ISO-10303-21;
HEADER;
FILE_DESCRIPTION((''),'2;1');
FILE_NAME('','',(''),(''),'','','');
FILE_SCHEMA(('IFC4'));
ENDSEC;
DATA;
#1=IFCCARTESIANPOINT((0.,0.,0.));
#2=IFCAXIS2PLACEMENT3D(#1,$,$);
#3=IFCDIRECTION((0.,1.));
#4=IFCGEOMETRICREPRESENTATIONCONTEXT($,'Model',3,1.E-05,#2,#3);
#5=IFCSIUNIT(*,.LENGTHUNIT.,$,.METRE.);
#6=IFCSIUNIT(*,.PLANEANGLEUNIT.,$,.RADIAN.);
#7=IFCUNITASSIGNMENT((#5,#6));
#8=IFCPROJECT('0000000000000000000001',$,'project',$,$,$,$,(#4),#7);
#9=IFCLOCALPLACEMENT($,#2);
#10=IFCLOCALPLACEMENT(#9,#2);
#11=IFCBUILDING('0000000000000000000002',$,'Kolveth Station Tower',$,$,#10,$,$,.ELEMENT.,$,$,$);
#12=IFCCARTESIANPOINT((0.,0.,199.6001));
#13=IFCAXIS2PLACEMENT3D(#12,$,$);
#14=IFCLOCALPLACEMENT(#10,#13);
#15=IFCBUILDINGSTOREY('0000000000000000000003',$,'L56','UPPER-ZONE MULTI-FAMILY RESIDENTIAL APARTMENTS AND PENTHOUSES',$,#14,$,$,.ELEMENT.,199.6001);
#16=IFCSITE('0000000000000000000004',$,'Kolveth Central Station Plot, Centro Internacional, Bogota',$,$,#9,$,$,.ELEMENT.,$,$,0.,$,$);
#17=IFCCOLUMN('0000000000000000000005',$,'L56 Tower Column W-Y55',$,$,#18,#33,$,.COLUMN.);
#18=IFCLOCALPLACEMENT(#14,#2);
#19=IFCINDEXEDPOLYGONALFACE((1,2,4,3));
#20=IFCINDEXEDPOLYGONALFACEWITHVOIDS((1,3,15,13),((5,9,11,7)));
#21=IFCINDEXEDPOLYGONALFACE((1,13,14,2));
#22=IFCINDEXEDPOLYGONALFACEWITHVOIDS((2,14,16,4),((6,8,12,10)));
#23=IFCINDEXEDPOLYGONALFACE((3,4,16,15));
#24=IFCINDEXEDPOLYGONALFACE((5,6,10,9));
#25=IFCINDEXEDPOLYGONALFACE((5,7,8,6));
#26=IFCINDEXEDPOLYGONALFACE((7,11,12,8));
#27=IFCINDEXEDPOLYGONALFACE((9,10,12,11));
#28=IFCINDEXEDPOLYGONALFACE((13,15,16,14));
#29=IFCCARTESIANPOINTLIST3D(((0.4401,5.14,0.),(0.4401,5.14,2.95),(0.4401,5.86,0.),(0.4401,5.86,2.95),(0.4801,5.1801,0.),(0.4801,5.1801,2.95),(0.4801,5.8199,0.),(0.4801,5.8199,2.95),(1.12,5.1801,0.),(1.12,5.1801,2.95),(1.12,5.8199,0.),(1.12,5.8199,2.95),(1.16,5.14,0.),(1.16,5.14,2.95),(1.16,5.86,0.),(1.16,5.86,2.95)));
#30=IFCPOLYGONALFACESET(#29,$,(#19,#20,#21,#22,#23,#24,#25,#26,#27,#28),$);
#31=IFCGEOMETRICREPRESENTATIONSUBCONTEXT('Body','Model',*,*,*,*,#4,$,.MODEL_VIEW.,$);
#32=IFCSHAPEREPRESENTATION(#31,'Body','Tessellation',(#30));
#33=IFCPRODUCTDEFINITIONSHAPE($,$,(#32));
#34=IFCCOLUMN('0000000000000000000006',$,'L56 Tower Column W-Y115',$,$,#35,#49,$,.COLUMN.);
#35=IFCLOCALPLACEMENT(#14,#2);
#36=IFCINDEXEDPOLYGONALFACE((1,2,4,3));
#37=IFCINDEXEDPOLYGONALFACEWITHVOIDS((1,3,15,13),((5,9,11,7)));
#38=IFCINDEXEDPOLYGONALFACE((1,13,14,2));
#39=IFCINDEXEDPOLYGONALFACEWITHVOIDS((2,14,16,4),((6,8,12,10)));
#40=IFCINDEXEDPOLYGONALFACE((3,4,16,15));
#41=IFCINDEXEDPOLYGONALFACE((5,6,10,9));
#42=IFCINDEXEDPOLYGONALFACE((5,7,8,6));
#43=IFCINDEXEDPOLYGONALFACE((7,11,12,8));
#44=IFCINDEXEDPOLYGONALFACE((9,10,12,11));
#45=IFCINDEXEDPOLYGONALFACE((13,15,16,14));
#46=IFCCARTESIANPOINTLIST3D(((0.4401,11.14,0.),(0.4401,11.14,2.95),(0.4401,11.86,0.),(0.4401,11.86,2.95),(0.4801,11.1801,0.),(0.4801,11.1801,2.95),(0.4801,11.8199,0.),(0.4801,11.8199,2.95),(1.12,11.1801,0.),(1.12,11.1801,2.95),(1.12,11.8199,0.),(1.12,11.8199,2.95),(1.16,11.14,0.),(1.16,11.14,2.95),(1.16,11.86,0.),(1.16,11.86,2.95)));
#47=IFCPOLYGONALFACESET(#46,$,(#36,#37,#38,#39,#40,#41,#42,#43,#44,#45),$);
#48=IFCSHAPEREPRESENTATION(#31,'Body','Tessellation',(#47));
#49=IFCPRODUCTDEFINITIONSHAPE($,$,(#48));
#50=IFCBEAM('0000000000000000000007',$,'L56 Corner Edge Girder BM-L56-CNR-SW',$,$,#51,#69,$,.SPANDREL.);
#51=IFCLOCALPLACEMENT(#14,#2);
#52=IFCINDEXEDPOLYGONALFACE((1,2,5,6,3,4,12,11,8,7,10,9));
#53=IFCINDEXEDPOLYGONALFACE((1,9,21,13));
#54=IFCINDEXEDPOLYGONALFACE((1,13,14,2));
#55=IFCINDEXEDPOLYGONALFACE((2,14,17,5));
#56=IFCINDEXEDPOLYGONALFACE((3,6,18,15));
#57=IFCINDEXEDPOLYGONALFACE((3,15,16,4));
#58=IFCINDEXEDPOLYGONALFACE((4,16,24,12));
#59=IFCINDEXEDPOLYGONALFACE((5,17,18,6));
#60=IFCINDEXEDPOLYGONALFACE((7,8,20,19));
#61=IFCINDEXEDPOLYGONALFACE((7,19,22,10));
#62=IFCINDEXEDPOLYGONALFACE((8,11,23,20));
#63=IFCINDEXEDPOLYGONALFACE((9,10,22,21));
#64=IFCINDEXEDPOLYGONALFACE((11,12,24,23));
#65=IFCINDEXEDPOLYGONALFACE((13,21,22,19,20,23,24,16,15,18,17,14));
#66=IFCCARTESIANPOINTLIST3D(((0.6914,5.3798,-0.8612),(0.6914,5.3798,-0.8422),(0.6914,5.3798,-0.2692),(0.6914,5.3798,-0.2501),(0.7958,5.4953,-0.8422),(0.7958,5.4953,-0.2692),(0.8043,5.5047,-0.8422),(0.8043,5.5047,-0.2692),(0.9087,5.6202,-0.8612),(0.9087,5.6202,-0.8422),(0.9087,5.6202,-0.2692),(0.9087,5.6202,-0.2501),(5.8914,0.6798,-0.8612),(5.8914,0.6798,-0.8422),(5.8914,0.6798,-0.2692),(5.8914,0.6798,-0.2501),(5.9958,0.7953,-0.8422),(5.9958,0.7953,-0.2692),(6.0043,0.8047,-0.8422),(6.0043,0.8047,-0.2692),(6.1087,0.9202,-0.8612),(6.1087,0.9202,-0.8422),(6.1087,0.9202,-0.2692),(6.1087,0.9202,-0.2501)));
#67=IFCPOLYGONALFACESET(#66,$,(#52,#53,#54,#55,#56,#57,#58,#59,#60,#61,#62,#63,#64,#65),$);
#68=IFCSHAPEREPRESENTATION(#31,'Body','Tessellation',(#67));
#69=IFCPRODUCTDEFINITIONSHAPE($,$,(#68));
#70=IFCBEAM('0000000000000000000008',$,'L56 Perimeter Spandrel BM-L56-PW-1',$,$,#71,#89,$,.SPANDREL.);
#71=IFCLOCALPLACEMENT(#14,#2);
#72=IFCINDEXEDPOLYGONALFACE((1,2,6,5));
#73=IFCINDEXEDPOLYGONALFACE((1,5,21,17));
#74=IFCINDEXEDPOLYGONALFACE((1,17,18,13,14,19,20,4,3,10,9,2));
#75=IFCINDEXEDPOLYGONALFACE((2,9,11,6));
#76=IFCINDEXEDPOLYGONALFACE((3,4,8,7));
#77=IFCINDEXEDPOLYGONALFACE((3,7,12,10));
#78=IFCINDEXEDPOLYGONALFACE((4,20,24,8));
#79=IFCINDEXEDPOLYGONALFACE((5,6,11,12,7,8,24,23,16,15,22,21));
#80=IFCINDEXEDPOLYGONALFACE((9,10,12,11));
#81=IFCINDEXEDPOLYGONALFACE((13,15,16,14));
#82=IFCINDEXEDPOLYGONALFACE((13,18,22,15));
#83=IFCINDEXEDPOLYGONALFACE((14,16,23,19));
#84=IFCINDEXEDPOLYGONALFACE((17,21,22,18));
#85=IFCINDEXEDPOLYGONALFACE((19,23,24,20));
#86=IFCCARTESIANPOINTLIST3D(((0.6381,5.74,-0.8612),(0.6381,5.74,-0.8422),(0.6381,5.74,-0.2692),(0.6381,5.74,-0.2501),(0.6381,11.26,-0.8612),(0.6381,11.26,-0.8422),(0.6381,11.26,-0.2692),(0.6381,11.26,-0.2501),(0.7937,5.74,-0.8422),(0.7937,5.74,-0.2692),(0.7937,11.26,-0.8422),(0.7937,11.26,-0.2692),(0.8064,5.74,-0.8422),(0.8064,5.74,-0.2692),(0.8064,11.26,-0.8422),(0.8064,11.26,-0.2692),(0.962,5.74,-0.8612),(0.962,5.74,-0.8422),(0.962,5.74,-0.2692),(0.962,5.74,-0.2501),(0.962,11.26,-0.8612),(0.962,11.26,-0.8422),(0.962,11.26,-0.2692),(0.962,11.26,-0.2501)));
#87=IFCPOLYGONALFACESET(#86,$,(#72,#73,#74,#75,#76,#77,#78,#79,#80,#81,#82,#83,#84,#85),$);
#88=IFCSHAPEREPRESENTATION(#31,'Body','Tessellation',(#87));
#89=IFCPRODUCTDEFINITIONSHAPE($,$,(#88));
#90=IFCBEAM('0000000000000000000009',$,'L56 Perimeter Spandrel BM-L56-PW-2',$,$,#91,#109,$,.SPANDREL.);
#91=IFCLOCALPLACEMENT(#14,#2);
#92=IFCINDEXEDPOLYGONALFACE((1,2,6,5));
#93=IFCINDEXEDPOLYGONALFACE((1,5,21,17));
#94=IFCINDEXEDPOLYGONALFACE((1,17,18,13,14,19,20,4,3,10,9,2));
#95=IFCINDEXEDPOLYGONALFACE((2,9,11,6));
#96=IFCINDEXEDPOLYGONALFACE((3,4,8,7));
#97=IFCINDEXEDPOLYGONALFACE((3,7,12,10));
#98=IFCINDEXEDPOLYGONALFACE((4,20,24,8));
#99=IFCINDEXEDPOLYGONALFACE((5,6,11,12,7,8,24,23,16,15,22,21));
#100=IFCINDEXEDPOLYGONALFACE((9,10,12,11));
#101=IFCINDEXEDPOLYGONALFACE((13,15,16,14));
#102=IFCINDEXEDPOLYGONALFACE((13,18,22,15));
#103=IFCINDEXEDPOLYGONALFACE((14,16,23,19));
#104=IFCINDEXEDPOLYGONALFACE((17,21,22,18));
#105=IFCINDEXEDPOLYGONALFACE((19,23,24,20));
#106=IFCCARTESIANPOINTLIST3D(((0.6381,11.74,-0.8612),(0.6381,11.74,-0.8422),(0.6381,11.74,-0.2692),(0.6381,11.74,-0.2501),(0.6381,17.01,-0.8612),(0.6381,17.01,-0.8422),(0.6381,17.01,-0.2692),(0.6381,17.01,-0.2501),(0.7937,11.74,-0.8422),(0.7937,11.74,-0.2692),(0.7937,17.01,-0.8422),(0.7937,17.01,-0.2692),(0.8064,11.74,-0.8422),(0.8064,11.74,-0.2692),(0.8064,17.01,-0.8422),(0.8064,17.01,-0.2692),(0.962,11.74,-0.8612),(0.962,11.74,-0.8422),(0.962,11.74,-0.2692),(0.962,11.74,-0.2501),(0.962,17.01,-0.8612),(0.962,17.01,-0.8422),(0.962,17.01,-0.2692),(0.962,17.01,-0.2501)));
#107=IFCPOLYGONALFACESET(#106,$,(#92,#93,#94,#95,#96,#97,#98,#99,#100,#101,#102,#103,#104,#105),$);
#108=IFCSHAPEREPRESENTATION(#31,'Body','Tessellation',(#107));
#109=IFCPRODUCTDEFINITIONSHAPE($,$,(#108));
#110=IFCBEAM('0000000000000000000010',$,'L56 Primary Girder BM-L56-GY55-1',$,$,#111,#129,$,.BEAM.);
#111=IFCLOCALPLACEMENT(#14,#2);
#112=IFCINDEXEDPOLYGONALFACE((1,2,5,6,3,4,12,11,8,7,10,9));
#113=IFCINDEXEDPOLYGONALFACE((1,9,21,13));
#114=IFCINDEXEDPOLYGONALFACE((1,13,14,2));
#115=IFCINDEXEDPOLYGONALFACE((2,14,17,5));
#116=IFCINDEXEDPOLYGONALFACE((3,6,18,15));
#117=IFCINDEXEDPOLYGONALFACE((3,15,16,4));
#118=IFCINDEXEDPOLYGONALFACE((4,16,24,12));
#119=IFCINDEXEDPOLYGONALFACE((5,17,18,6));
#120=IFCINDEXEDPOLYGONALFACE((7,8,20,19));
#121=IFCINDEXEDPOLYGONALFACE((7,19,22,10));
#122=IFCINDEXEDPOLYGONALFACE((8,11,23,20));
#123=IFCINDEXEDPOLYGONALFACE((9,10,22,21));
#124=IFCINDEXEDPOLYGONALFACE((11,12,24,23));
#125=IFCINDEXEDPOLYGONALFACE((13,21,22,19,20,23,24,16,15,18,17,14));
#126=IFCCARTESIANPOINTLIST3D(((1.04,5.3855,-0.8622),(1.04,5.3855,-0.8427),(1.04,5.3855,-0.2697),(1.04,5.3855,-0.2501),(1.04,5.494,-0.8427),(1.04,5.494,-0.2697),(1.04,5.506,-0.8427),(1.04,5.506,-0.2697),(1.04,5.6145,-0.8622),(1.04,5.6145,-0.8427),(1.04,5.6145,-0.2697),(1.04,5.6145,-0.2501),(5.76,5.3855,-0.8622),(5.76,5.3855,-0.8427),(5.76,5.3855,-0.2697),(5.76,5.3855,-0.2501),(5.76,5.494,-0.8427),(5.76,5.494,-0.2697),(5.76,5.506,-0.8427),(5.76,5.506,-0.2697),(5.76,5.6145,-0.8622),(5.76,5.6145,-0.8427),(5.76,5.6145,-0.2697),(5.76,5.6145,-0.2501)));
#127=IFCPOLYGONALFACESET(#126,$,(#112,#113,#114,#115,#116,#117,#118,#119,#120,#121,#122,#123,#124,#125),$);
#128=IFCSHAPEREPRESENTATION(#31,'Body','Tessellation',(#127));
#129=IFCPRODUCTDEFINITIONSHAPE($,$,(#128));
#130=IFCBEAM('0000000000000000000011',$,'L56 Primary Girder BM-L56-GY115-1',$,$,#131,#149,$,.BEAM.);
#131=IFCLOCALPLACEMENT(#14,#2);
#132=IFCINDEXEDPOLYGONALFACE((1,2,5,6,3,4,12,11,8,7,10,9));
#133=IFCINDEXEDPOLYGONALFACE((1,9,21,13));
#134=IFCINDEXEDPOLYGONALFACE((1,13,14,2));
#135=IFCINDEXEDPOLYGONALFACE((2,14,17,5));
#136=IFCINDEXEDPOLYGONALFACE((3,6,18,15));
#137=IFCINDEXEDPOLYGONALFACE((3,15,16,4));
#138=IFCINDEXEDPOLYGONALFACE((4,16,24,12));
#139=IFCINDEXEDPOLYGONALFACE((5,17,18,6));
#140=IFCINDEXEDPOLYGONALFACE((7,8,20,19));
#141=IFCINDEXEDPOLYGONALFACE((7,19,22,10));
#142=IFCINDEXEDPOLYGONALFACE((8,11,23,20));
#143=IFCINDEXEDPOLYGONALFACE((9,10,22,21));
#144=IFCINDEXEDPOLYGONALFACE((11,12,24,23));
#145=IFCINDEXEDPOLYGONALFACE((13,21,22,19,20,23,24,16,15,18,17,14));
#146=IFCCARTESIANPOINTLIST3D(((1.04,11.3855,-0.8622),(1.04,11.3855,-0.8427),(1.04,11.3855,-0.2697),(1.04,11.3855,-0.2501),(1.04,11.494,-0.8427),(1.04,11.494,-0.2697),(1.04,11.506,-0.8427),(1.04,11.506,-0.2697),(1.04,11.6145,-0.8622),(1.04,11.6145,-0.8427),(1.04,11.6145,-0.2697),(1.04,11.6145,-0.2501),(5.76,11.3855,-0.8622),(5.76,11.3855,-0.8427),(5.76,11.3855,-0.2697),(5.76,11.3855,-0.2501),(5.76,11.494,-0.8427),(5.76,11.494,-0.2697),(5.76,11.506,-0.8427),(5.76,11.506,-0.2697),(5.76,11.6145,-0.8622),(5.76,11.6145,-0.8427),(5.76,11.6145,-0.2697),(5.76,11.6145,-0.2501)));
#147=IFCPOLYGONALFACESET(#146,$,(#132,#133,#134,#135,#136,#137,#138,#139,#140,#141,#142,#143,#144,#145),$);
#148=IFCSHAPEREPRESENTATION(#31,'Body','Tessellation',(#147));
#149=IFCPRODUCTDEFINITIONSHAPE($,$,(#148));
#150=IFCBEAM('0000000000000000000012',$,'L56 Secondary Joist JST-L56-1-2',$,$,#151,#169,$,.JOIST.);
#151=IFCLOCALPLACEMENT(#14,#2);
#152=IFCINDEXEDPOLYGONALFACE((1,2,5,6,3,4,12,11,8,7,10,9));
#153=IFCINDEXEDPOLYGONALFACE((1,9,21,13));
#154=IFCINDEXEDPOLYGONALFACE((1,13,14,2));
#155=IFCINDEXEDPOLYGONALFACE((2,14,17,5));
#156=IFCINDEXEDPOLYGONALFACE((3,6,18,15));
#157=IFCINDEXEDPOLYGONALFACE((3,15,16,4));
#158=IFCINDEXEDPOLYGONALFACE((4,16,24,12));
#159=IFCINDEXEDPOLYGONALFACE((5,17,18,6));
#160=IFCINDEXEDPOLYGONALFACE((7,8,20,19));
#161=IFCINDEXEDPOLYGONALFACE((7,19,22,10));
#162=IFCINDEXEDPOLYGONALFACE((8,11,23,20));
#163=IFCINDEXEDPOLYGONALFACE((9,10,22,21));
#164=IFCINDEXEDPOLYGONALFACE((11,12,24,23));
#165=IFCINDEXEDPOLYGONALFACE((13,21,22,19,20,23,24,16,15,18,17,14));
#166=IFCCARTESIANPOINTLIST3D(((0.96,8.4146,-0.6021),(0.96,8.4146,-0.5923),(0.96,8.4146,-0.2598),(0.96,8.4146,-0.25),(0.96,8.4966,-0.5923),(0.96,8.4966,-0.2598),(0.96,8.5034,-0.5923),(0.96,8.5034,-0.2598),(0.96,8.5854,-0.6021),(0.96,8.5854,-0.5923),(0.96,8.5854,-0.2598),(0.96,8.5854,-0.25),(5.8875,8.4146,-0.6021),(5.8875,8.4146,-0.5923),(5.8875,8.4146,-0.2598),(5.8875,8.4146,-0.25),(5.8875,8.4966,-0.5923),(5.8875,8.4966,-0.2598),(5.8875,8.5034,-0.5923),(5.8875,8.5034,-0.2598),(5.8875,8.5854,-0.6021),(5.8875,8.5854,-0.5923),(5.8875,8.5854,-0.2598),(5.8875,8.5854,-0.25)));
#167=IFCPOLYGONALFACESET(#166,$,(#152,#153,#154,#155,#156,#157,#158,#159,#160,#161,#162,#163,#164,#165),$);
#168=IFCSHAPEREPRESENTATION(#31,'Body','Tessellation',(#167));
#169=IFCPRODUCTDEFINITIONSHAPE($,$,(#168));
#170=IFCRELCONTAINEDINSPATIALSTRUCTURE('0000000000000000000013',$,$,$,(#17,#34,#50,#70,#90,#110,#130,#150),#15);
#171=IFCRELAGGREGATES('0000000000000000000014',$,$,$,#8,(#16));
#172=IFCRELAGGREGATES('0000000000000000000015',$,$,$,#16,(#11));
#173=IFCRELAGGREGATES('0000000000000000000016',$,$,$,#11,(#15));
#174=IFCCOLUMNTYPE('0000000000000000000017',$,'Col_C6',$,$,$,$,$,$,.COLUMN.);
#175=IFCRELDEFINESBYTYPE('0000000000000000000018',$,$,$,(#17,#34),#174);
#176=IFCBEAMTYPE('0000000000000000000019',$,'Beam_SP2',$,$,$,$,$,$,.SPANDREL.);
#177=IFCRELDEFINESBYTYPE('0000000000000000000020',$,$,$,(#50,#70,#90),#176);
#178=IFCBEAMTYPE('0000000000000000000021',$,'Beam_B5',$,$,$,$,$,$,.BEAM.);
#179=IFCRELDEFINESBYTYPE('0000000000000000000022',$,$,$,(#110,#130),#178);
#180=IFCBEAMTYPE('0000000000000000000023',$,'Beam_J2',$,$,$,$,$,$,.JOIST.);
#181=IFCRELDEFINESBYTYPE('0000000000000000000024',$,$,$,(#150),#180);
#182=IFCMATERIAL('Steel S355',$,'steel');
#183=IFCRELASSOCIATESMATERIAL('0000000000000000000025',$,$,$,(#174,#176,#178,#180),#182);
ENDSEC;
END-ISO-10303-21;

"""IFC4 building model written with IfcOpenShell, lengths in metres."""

from ifc_helpers import new_model, si_unit, direction, frame, origin, origin_2d, place, context, subcontext, project, spatial, hollow_rectangle, i_section, extrude, source, transform, mapped, material, material_profile, profile_set, type_object, element, save


model = new_model("IFC4")

# Units and contexts
model_context = context("Model", 3, precision=1e-05, world=origin(), true_north=direction((0.0, 1.0)))
body_context = subcontext(model_context, "Body", "Model", "MODEL_VIEW")
ifc_project = project(units=[si_unit("LENGTHUNIT", "METRE"), si_unit("PLANEANGLEUNIT", "RADIAN")], contexts=[model_context])

# Site, building, storey
site_placement = place(None, origin())
site = spatial("IfcSite", under=ifc_project, at=site_placement, Name="Kolveth Central Station Plot, Centro Internacional, Bogota", CompositionType="ELEMENT", RefElevation=0.0)
building_placement = place(site_placement, origin())
building = spatial("IfcBuilding", under=site, at=building_placement, Name="Kolveth Station Tower", CompositionType="ELEMENT")
storey_placement = place(building_placement, frame((0.0, 0.0, 199.6001)))
storey = spatial("IfcBuildingStorey", under=building, at=storey_placement, Name="L56", Description="UPPER-ZONE MULTI-FAMILY RESIDENTIAL APARTMENTS AND PENTHOUSES", CompositionType="ELEMENT", Elevation=199.6001)

# Columns
ifc_material_1 = material(Name="Steel S355", Category="steel")
ifc_material_profile_1 = material_profile(ifc_material_1, hollow_rectangle(XDim=0.72, YDim=0.72, WallThickness=0.04, at=origin_2d()), Name="BOX720x720x40")
ifc_profile_set_1 = profile_set([ifc_material_profile_1], Name="Steel S355")
column_type = type_object("IfcColumnType", Name="Col_C6", PredefinedType="COLUMN", material=ifc_profile_set_1)
shared_shape_1 = source(origin(), body_context, "Body", "SweptSolid", [
    extrude(hollow_rectangle(XDim=0.72, YDim=0.72, WallThickness=0.04, at=origin_2d()), origin(), (0.0, 0.0, 1.0), 2.95),
])
for number, where, z_axis, x_axis, name in (
    (1, (0.8, 5.5, 0.0), (0.0, 0.0, 1.0), (1.0, 0.0, 0.0), "L56 Tower Column W-Y55"),
    (2, (0.8, 11.5, 0.0), (0.0, 0.0, 1.0), (1.0, 0.0, 0.0), "L56 Tower Column W-Y115"),
):
    element("IfcColumn", number, at=place(storey_placement, frame(where, z_axis=z_axis, x_axis=x_axis)), inside=storey, type_object=column_type, Name=name, PredefinedType="COLUMN", context=body_context, shape_type="MappedRepresentation", body=[
        mapped(shared_shape_1, transform((0.0, 0.0, 0.0), x_axis=(1.0, 0.0, 0.0), y_axis=(0.0, 1.0, 0.0), z_axis=(0.0, 0.0, 1.0), scale=1.0)),
    ])

# Beams
ifc_material_profile_2 = material_profile(ifc_material_1, i_section(OverallWidth=0.324, OverallDepth=0.6111, WebThickness=0.0127, FlangeThickness=0.019, at=origin_2d()), Name="W610x155")
ifc_profile_set_2 = profile_set([ifc_material_profile_2], Name="Steel S355")
beam_type_1 = type_object("IfcBeamType", Name="Beam_SP2", PredefinedType="SPANDREL", material=ifc_profile_set_2)
shared_shape_2 = source(origin(), body_context, "Body", "SweptSolid", [
    extrude(i_section(OverallWidth=0.324, OverallDepth=0.6111, WebThickness=0.0127, FlangeThickness=0.019, at=origin_2d()), origin(), (0.0, 0.0, 1.0), 7.0093),
])
beam_1_placement = place(storey_placement, frame((0.8, 5.5, -0.5557), z_axis=(0.741874, -0.670539, 0.0), x_axis=(0.670539, 0.741874, 0.0)))
element("IfcBeam", 3, at=beam_1_placement, inside=storey, type_object=beam_type_1, Name="L56 Corner Edge Girder BM-L56-CNR-SW", PredefinedType="SPANDREL", context=body_context, shape_type="MappedRepresentation", body=[
    mapped(shared_shape_2, transform((0.0, 0.0, 0.0), x_axis=(1.0, 0.0, 0.0), y_axis=(0.0, 1.0, 0.0), z_axis=(0.0, 0.0, 1.0), scale=1.0)),
])
shared_shape_3 = source(origin(), body_context, "Body", "SweptSolid", [
    extrude(i_section(OverallWidth=0.324, OverallDepth=0.6111, WebThickness=0.0127, FlangeThickness=0.019, at=origin_2d()), origin(), (0.0, 0.0, 1.0), 5.52),
])
beam_2_placement = place(storey_placement, frame((0.8, 5.74, -0.5557), z_axis=(0.0, 1.0, 0.0), x_axis=(-1.0, 0.0, 0.0)))
element("IfcBeam", 4, at=beam_2_placement, inside=storey, type_object=beam_type_1, Name="L56 Perimeter Spandrel BM-L56-PW-1", PredefinedType="SPANDREL", context=body_context, shape_type="MappedRepresentation", body=[
    mapped(shared_shape_3, transform((0.0, 0.0, 0.0), x_axis=(1.0, 0.0, 0.0), y_axis=(0.0, 1.0, 0.0), z_axis=(0.0, 0.0, 1.0), scale=1.0)),
])
shared_shape_4 = source(origin(), body_context, "Body", "SweptSolid", [
    extrude(i_section(OverallWidth=0.324, OverallDepth=0.6111, WebThickness=0.0127, FlangeThickness=0.019, at=origin_2d()), origin(), (0.0, 0.0, 1.0), 5.27),
])
beam_3_placement = place(storey_placement, frame((0.8, 11.74, -0.5557), z_axis=(0.0, 1.0, 0.0), x_axis=(-1.0, 0.0, 0.0)))
element("IfcBeam", 5, at=beam_3_placement, inside=storey, type_object=beam_type_1, Name="L56 Perimeter Spandrel BM-L56-PW-2", PredefinedType="SPANDREL", context=body_context, shape_type="MappedRepresentation", body=[
    mapped(shared_shape_4, transform((0.0, 0.0, 0.0), x_axis=(1.0, 0.0, 0.0), y_axis=(0.0, 1.0, 0.0), z_axis=(0.0, 0.0, 1.0), scale=1.0)),
])
ifc_material_profile_3 = material_profile(ifc_material_1, i_section(OverallWidth=0.229, OverallDepth=0.6121, WebThickness=0.012, FlangeThickness=0.0195, at=origin_2d()), Name="W610x125")
ifc_profile_set_3 = profile_set([ifc_material_profile_3], Name="Steel S355")
beam_type_2 = type_object("IfcBeamType", Name="Beam_B5", PredefinedType="BEAM", material=ifc_profile_set_3)
shared_shape_5 = source(origin(), body_context, "Body", "SweptSolid", [
    extrude(i_section(OverallWidth=0.229, OverallDepth=0.6121, WebThickness=0.012, FlangeThickness=0.0195, at=origin_2d()), origin(), (0.0, 0.0, 1.0), 4.72),
])
for number, where, z_axis, x_axis, name in (
    (6, (1.04, 5.5, -0.5562), (1.0, 0.0, 0.0), (0.0, 1.0, 0.0), "L56 Primary Girder BM-L56-GY55-1"),
    (7, (1.04, 11.5, -0.5562), (1.0, 0.0, 0.0), (0.0, 1.0, 0.0), "L56 Primary Girder BM-L56-GY115-1"),
):
    element("IfcBeam", number, at=place(storey_placement, frame(where, z_axis=z_axis, x_axis=x_axis)), inside=storey, type_object=beam_type_2, Name=name, PredefinedType="BEAM", context=body_context, shape_type="MappedRepresentation", body=[
        mapped(shared_shape_5, transform((0.0, 0.0, 0.0), x_axis=(1.0, 0.0, 0.0), y_axis=(0.0, 1.0, 0.0), z_axis=(0.0, 0.0, 1.0), scale=1.0)),
    ])
ifc_material_profile_4 = material_profile(ifc_material_1, i_section(OverallWidth=0.1709, OverallDepth=0.3521, WebThickness=0.0068, FlangeThickness=0.0098, at=origin_2d()), Name="W360x44")
ifc_profile_set_4 = profile_set([ifc_material_profile_4], Name="Steel S355")
beam_type_3 = type_object("IfcBeamType", Name="Beam_J2", PredefinedType="JOIST", material=ifc_profile_set_4)
shared_shape_6 = source(origin(), body_context, "Body", "SweptSolid", [
    extrude(i_section(OverallWidth=0.1709, OverallDepth=0.3521, WebThickness=0.0068, FlangeThickness=0.0098, at=origin_2d()), origin(), (0.0, 0.0, 1.0), 4.9275),
])
for number, where, z_axis, x_axis, name in (
    (8, (0.96, 8.5, -0.426), (1.0, 0.0, 0.0), (0.0, 1.0, 0.0), "L56 Secondary Joist JST-L56-1-2"),
):
    element("IfcBeam", number, at=place(storey_placement, frame(where, z_axis=z_axis, x_axis=x_axis)), inside=storey, type_object=beam_type_3, Name=name, PredefinedType="JOIST", context=body_context, shape_type="MappedRepresentation", body=[
        mapped(shared_shape_6, transform((0.0, 0.0, 0.0), x_axis=(1.0, 0.0, 0.0), y_axis=(0.0, 1.0, 0.0), z_axis=(0.0, 0.0, 1.0), scale=1.0)),
    ])

save(model, "model.ifc")
